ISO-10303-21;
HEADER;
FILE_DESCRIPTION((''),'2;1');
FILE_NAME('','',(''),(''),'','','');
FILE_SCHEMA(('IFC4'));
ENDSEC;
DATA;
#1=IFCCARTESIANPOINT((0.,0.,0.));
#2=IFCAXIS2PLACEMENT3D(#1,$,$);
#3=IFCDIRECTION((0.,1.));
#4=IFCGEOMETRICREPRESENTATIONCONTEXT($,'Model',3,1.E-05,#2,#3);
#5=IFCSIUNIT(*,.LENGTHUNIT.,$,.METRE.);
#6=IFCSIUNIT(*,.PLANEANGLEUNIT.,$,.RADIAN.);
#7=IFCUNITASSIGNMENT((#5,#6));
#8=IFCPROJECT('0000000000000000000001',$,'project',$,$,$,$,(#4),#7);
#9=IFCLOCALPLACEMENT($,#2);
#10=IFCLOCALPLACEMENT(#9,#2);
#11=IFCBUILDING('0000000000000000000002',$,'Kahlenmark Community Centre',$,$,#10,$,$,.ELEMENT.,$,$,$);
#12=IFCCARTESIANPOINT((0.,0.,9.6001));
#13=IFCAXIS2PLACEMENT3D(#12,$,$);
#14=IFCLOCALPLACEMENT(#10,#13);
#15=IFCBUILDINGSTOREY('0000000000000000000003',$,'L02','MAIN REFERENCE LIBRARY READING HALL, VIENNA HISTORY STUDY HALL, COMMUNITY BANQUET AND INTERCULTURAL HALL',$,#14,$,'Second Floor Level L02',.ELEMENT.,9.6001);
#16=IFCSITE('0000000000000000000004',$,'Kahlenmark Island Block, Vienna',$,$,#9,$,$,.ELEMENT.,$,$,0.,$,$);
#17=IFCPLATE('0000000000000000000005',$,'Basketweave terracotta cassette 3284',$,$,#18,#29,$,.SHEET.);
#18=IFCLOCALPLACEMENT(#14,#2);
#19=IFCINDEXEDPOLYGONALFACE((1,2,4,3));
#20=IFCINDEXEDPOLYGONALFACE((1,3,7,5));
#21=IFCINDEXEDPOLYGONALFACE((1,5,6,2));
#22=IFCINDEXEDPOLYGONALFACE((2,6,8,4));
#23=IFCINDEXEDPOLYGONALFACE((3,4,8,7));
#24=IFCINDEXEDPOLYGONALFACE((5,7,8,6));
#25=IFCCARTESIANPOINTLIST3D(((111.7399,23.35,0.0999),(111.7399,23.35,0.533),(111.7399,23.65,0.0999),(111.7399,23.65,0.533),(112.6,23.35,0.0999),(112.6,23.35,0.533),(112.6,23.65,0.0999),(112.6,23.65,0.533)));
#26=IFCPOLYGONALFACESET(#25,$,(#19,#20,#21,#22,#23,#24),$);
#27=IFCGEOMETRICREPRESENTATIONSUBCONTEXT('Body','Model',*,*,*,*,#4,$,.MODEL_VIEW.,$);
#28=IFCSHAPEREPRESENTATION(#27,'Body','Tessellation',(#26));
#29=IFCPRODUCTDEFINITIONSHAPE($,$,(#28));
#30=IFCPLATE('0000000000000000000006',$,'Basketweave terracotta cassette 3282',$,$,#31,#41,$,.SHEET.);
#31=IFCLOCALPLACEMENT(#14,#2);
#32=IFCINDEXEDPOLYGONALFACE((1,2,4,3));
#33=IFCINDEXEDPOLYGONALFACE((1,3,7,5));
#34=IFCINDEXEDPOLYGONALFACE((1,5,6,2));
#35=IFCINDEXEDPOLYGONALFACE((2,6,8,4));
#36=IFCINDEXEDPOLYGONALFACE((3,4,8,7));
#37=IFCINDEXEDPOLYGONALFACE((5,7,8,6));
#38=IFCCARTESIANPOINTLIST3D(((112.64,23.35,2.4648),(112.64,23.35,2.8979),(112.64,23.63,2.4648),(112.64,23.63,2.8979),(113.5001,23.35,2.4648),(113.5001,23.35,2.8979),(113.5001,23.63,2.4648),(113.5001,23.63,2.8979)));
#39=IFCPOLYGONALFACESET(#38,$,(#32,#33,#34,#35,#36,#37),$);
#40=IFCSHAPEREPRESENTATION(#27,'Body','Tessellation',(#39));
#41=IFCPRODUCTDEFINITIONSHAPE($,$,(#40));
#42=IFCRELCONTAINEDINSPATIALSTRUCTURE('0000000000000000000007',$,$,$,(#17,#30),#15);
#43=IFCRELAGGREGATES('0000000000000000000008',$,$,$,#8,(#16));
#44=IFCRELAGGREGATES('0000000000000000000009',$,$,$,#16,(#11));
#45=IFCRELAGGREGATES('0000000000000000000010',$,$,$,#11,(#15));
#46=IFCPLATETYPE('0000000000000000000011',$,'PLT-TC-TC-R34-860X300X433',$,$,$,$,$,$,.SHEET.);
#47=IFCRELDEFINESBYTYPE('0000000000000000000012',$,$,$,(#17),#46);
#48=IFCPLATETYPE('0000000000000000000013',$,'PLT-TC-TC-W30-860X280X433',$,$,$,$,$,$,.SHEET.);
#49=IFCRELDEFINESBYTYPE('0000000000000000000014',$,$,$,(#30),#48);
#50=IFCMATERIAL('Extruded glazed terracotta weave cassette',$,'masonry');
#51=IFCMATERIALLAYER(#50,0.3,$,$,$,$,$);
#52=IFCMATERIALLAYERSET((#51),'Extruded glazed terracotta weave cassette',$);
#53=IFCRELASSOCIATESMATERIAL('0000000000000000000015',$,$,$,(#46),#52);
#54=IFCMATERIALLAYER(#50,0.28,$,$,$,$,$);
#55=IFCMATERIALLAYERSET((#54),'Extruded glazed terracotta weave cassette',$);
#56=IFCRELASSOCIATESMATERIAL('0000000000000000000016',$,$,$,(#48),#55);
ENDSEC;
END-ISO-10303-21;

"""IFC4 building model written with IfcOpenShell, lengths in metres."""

from ifc_helpers import new_model, si_unit, direction, frame, origin, origin_2d, place, context, subcontext, project, spatial, rectangle, extrude, material, layer, layer_set, type_object, element, save


model = new_model("IFC4")

# Units and contexts
model_context = context("Model", 3, precision=1e-05, world=origin(), true_north=direction((0.0, 1.0)))
body_context = subcontext(model_context, "Body", "Model", "MODEL_VIEW")
ifc_project = project(units=[si_unit("LENGTHUNIT", "METRE"), si_unit("PLANEANGLEUNIT", "RADIAN")], contexts=[model_context])

# Site, building, storey
site_placement = place(None, origin())
site = spatial("IfcSite", under=ifc_project, at=site_placement, Name="Kahlenmark Island Block, Vienna", CompositionType="ELEMENT", RefElevation=0.0)
building_placement = place(site_placement, origin())
building = spatial("IfcBuilding", under=site, at=building_placement, Name="Kahlenmark Community Centre", CompositionType="ELEMENT")
storey_placement = place(building_placement, frame((0.0, 0.0, 9.6001)))
storey = spatial("IfcBuildingStorey", under=building, at=storey_placement, Name="L02", Description="MAIN REFERENCE LIBRARY READING HALL, VIENNA HISTORY STUDY HALL, COMMUNITY BANQUET AND INTERCULTURAL HALL", LongName="Second Floor Level L02", CompositionType="ELEMENT", Elevation=9.6001)

# Plates
ifc_material_1 = material(Name="Extruded glazed terracotta weave cassette", Category="masonry")
ifc_layer_1 = layer(ifc_material_1, 0.3)
ifc_layer_set_1 = layer_set([ifc_layer_1], Name="Extruded glazed terracotta weave cassette")
plate_type_1 = type_object("IfcPlateType", Name="PLT-TC-TC-R34-860X300X433", PredefinedType="SHEET", material=ifc_layer_set_1)
for number, where, z_axis, x_axis, name in (
    (1, (112.1699, 23.5, 0.0999), (0.0, 0.0, 1.0), (-1.0, 0.0, 0.0), "Basketweave terracotta cassette 3284"),
):
    element("IfcPlate", number, at=place(storey_placement, frame(where, z_axis=z_axis, x_axis=x_axis)), inside=storey, type_object=plate_type_1, Name=name, PredefinedType="SHEET", context=body_context, shape_type="SweptSolid", body=[
        extrude(rectangle(XDim=0.8601, YDim=0.3, at=origin_2d()), origin(), (0.0, 0.0, 1.0), 0.4331),
    ])
ifc_layer_2 = layer(ifc_material_1, 0.28)
ifc_layer_set_2 = layer_set([ifc_layer_2], Name="Extruded glazed terracotta weave cassette")
plate_type_2 = type_object("IfcPlateType", Name="PLT-TC-TC-W30-860X280X433", PredefinedType="SHEET", material=ifc_layer_set_2)
plate_placement = place(storey_placement, frame((113.0701, 23.49, 2.4648), z_axis=(0.0, 0.0, 1.0), x_axis=(-1.0, 0.0, 0.0)))
element("IfcPlate", 2, at=plate_placement, inside=storey, type_object=plate_type_2, Name="Basketweave terracotta cassette 3282", PredefinedType="SHEET", context=body_context, shape_type="SweptSolid", body=[
    extrude(rectangle(XDim=0.8601, YDim=0.28, at=origin_2d()), origin(), (0.0, 0.0, 1.0), 0.4331),
])

save(model, "model.ifc")
